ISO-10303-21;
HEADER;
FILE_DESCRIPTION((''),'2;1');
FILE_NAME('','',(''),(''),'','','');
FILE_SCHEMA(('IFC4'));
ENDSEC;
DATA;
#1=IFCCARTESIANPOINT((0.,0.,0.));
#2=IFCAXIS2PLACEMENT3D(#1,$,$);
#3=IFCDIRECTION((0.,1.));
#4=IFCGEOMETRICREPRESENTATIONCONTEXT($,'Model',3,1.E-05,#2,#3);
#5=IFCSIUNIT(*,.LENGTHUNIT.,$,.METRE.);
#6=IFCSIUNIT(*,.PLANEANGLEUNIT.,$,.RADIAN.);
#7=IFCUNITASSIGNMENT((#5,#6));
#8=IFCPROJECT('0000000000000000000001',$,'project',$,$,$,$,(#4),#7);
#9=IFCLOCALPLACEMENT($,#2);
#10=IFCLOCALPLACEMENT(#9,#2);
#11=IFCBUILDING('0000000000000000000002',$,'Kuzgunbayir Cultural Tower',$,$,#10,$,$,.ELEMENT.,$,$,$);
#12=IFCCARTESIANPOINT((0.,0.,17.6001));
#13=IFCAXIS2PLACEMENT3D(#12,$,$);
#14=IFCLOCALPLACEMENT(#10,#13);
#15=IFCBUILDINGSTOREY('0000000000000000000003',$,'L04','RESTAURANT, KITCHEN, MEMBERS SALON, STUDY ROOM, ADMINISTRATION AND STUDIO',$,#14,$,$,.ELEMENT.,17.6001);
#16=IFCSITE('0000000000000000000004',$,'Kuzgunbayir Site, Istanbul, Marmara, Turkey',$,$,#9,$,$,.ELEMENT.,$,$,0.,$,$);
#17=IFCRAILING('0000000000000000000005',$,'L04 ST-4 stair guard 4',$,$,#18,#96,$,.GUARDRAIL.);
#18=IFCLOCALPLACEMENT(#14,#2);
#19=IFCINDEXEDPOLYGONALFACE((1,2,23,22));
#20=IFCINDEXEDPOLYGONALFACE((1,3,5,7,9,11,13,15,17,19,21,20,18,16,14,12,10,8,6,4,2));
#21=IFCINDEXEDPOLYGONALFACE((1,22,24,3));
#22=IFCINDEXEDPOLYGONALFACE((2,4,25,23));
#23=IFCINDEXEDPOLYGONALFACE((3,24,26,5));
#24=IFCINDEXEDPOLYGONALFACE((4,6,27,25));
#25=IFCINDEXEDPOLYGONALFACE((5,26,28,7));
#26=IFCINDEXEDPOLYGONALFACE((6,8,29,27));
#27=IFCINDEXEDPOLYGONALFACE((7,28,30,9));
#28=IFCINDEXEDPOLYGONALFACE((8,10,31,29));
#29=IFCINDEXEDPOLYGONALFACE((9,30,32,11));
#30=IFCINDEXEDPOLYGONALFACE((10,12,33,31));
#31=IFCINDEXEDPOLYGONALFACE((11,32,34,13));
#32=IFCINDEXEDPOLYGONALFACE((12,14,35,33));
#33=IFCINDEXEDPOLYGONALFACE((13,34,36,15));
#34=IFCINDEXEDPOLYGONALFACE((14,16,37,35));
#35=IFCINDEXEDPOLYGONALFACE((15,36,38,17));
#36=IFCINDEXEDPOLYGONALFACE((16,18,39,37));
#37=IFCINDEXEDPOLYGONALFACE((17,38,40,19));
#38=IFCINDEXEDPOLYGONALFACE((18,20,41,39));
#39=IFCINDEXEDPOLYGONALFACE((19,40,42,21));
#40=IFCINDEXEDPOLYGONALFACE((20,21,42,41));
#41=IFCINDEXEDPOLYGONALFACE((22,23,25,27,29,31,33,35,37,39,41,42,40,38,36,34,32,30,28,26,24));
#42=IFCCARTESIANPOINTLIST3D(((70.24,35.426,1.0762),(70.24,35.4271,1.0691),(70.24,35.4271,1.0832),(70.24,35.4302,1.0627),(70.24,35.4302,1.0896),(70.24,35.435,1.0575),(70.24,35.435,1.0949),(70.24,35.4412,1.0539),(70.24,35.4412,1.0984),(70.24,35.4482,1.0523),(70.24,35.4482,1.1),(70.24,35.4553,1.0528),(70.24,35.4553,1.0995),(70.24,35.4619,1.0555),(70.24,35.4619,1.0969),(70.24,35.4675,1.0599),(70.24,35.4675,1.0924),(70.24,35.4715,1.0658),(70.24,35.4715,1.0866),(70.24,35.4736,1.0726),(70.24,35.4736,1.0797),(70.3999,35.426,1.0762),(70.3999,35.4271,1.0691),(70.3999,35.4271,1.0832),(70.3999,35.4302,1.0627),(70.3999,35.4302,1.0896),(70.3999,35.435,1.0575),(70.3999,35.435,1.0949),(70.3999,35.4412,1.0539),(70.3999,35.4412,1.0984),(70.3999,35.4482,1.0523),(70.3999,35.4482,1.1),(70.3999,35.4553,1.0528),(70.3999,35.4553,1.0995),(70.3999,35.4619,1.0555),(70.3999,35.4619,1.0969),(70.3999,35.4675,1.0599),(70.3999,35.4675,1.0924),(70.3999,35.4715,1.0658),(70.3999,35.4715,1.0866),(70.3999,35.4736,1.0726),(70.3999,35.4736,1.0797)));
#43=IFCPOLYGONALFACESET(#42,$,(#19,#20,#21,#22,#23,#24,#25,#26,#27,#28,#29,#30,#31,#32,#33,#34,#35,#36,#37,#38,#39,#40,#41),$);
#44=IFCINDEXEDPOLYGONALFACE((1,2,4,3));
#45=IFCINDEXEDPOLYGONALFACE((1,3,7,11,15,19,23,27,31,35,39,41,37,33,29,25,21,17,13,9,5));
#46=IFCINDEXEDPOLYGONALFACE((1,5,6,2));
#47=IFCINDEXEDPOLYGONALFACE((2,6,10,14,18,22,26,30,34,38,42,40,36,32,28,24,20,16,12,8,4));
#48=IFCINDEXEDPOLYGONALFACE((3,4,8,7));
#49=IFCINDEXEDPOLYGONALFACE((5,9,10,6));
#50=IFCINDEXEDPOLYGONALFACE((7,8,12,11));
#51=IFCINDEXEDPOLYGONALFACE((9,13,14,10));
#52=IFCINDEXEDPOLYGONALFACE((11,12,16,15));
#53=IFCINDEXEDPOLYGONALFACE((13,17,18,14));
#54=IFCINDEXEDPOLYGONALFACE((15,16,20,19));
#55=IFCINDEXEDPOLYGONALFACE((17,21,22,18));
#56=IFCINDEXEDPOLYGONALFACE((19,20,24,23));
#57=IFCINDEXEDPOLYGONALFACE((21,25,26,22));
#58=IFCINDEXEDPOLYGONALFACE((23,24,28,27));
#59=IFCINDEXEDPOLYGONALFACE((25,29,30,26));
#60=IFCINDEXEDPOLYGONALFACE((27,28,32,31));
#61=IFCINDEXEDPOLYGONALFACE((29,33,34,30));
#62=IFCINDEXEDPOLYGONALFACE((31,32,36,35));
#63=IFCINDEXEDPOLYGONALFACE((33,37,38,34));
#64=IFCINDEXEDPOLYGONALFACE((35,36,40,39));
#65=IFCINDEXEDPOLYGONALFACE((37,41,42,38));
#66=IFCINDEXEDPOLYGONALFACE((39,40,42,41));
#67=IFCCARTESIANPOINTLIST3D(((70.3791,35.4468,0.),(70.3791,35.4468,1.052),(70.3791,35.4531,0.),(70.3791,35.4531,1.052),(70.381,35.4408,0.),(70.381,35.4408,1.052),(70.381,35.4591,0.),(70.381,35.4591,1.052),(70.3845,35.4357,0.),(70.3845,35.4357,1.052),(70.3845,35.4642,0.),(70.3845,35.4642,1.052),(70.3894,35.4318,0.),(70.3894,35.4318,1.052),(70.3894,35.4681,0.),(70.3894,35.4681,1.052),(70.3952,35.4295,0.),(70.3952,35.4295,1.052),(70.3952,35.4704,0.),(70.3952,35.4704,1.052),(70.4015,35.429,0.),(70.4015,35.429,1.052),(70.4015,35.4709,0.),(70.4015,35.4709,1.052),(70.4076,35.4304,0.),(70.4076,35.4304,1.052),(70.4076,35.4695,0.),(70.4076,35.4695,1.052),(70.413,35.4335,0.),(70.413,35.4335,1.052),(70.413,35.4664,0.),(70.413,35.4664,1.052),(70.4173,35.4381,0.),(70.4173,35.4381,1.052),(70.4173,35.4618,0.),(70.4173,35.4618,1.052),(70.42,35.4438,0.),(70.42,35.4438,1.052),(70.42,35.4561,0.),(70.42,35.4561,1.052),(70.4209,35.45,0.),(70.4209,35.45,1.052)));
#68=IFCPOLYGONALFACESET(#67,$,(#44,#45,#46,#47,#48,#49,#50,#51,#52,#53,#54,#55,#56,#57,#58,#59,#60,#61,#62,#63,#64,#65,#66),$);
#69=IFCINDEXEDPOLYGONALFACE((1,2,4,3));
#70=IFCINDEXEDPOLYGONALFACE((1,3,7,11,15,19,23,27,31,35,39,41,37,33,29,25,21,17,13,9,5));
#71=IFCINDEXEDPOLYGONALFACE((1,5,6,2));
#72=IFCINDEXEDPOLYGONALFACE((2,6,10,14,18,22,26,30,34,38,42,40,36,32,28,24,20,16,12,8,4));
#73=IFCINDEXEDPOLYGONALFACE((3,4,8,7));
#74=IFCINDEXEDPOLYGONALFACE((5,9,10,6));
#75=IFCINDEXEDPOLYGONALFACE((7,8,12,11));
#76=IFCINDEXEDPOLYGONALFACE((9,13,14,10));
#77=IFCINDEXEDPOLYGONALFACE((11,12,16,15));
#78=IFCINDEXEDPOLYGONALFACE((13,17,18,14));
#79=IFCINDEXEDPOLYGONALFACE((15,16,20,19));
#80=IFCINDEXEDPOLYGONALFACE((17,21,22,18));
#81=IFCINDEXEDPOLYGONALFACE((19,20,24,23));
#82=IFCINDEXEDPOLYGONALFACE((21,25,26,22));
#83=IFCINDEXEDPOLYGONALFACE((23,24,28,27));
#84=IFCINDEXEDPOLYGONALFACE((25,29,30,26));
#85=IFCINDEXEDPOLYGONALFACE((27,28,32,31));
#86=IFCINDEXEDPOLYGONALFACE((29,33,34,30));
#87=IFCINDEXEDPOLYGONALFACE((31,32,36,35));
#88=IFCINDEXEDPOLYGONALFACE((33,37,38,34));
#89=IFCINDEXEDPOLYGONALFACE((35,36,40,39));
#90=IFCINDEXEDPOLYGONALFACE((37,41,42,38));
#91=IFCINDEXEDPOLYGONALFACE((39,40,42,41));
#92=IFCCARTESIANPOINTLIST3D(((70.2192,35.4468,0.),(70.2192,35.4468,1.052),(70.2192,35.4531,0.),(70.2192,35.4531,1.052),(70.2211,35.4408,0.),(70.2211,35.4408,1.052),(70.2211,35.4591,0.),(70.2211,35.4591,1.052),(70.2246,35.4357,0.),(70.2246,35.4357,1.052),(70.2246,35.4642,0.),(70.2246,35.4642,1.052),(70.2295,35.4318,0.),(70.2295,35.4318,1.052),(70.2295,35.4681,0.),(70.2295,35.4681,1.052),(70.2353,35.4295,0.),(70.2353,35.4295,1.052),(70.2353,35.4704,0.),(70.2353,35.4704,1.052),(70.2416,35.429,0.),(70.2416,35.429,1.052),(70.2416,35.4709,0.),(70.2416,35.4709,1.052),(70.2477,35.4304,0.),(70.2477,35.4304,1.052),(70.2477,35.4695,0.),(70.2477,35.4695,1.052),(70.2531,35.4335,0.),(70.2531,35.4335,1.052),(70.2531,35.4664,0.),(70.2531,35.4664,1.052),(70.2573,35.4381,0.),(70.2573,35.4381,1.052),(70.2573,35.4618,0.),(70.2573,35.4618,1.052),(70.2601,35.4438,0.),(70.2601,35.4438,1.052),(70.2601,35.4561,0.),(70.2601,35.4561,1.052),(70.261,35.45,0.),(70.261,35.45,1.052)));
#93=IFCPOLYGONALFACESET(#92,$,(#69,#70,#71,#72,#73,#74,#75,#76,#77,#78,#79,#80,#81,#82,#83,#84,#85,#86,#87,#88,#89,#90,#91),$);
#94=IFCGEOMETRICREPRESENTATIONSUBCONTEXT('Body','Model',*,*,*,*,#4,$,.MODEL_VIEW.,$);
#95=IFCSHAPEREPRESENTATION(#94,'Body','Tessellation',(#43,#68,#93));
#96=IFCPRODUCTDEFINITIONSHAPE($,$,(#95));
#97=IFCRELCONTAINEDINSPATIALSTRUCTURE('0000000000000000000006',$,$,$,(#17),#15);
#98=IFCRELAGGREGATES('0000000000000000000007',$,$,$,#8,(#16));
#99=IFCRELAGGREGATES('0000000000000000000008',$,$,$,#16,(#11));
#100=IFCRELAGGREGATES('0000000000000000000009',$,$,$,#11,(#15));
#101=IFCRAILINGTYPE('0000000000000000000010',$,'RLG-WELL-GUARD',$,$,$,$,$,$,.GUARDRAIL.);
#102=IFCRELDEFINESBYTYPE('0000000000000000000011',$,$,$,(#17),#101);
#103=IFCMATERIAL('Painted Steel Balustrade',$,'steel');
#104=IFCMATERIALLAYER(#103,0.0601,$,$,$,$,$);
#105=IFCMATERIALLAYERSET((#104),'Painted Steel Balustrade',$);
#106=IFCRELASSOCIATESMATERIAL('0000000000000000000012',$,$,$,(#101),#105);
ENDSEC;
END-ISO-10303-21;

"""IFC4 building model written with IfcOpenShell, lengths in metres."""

from ifc_helpers import new_model, si_unit, direction, frame, origin, origin_2d, place, context, subcontext, project, spatial, circle, extrude, material, layer, layer_set, type_object, element, save


model = new_model("IFC4")

# Units and contexts
model_context = context("Model", 3, precision=1e-05, world=origin(), true_north=direction((0.0, 1.0)))
body_context = subcontext(model_context, "Body", "Model", "MODEL_VIEW")
ifc_project = project(units=[si_unit("LENGTHUNIT", "METRE"), si_unit("PLANEANGLEUNIT", "RADIAN")], contexts=[model_context])

# Site, building, storey
site_placement = place(None, origin())
site = spatial("IfcSite", under=ifc_project, at=site_placement, Name="Kuzgunbayir Site, Istanbul, Marmara, Turkey", CompositionType="ELEMENT", RefElevation=0.0)
building_placement = place(site_placement, origin())
building = spatial("IfcBuilding", under=site, at=building_placement, Name="Kuzgunbayir Cultural Tower", CompositionType="ELEMENT")
storey_placement = place(building_placement, frame((0.0, 0.0, 17.6001)))
storey = spatial("IfcBuildingStorey", under=building, at=storey_placement, Name="L04", Description="RESTAURANT, KITCHEN, MEMBERS SALON, STUDY ROOM, ADMINISTRATION AND STUDIO", CompositionType="ELEMENT", Elevation=17.6001)

# Railing
ifc_material_1 = material(Name="Painted Steel Balustrade", Category="steel")
ifc_layer_1 = layer(ifc_material_1, 0.0601)
ifc_layer_set_1 = layer_set([ifc_layer_1], Name="Painted Steel Balustrade")
railing_type_1 = type_object("IfcRailingType", Name="RLG-WELL-GUARD", PredefinedType="GUARDRAIL", material=ifc_layer_set_1)
railing_1_placement = place(storey_placement, frame((70.3999, 35.45, 0.0)))
element("IfcRailing", 1, at=railing_1_placement, inside=storey, type_object=railing_type_1, Name="L04 ST-4 stair guard 4", PredefinedType="GUARDRAIL", context=body_context, shape_type="SweptSolid", body=[
    extrude(circle(Radius=0.0239, at=origin_2d()), frame((0.0, 0.0, 1.0762), z_axis=(-1.0, 0.0, 0.0), x_axis=(0.0, -1.0, 0.0)), (0.0, 0.0, 1.0), 0.1599),
    extrude(circle(Radius=0.021, at=origin_2d()), origin(), (0.0, 0.0, 1.0), 1.052),
    extrude(circle(Radius=0.021, at=origin_2d()), frame((-0.1599, 0.0, 0.0)), (0.0, 0.0, 1.0), 1.052),
])

save(model, "model.ifc")
